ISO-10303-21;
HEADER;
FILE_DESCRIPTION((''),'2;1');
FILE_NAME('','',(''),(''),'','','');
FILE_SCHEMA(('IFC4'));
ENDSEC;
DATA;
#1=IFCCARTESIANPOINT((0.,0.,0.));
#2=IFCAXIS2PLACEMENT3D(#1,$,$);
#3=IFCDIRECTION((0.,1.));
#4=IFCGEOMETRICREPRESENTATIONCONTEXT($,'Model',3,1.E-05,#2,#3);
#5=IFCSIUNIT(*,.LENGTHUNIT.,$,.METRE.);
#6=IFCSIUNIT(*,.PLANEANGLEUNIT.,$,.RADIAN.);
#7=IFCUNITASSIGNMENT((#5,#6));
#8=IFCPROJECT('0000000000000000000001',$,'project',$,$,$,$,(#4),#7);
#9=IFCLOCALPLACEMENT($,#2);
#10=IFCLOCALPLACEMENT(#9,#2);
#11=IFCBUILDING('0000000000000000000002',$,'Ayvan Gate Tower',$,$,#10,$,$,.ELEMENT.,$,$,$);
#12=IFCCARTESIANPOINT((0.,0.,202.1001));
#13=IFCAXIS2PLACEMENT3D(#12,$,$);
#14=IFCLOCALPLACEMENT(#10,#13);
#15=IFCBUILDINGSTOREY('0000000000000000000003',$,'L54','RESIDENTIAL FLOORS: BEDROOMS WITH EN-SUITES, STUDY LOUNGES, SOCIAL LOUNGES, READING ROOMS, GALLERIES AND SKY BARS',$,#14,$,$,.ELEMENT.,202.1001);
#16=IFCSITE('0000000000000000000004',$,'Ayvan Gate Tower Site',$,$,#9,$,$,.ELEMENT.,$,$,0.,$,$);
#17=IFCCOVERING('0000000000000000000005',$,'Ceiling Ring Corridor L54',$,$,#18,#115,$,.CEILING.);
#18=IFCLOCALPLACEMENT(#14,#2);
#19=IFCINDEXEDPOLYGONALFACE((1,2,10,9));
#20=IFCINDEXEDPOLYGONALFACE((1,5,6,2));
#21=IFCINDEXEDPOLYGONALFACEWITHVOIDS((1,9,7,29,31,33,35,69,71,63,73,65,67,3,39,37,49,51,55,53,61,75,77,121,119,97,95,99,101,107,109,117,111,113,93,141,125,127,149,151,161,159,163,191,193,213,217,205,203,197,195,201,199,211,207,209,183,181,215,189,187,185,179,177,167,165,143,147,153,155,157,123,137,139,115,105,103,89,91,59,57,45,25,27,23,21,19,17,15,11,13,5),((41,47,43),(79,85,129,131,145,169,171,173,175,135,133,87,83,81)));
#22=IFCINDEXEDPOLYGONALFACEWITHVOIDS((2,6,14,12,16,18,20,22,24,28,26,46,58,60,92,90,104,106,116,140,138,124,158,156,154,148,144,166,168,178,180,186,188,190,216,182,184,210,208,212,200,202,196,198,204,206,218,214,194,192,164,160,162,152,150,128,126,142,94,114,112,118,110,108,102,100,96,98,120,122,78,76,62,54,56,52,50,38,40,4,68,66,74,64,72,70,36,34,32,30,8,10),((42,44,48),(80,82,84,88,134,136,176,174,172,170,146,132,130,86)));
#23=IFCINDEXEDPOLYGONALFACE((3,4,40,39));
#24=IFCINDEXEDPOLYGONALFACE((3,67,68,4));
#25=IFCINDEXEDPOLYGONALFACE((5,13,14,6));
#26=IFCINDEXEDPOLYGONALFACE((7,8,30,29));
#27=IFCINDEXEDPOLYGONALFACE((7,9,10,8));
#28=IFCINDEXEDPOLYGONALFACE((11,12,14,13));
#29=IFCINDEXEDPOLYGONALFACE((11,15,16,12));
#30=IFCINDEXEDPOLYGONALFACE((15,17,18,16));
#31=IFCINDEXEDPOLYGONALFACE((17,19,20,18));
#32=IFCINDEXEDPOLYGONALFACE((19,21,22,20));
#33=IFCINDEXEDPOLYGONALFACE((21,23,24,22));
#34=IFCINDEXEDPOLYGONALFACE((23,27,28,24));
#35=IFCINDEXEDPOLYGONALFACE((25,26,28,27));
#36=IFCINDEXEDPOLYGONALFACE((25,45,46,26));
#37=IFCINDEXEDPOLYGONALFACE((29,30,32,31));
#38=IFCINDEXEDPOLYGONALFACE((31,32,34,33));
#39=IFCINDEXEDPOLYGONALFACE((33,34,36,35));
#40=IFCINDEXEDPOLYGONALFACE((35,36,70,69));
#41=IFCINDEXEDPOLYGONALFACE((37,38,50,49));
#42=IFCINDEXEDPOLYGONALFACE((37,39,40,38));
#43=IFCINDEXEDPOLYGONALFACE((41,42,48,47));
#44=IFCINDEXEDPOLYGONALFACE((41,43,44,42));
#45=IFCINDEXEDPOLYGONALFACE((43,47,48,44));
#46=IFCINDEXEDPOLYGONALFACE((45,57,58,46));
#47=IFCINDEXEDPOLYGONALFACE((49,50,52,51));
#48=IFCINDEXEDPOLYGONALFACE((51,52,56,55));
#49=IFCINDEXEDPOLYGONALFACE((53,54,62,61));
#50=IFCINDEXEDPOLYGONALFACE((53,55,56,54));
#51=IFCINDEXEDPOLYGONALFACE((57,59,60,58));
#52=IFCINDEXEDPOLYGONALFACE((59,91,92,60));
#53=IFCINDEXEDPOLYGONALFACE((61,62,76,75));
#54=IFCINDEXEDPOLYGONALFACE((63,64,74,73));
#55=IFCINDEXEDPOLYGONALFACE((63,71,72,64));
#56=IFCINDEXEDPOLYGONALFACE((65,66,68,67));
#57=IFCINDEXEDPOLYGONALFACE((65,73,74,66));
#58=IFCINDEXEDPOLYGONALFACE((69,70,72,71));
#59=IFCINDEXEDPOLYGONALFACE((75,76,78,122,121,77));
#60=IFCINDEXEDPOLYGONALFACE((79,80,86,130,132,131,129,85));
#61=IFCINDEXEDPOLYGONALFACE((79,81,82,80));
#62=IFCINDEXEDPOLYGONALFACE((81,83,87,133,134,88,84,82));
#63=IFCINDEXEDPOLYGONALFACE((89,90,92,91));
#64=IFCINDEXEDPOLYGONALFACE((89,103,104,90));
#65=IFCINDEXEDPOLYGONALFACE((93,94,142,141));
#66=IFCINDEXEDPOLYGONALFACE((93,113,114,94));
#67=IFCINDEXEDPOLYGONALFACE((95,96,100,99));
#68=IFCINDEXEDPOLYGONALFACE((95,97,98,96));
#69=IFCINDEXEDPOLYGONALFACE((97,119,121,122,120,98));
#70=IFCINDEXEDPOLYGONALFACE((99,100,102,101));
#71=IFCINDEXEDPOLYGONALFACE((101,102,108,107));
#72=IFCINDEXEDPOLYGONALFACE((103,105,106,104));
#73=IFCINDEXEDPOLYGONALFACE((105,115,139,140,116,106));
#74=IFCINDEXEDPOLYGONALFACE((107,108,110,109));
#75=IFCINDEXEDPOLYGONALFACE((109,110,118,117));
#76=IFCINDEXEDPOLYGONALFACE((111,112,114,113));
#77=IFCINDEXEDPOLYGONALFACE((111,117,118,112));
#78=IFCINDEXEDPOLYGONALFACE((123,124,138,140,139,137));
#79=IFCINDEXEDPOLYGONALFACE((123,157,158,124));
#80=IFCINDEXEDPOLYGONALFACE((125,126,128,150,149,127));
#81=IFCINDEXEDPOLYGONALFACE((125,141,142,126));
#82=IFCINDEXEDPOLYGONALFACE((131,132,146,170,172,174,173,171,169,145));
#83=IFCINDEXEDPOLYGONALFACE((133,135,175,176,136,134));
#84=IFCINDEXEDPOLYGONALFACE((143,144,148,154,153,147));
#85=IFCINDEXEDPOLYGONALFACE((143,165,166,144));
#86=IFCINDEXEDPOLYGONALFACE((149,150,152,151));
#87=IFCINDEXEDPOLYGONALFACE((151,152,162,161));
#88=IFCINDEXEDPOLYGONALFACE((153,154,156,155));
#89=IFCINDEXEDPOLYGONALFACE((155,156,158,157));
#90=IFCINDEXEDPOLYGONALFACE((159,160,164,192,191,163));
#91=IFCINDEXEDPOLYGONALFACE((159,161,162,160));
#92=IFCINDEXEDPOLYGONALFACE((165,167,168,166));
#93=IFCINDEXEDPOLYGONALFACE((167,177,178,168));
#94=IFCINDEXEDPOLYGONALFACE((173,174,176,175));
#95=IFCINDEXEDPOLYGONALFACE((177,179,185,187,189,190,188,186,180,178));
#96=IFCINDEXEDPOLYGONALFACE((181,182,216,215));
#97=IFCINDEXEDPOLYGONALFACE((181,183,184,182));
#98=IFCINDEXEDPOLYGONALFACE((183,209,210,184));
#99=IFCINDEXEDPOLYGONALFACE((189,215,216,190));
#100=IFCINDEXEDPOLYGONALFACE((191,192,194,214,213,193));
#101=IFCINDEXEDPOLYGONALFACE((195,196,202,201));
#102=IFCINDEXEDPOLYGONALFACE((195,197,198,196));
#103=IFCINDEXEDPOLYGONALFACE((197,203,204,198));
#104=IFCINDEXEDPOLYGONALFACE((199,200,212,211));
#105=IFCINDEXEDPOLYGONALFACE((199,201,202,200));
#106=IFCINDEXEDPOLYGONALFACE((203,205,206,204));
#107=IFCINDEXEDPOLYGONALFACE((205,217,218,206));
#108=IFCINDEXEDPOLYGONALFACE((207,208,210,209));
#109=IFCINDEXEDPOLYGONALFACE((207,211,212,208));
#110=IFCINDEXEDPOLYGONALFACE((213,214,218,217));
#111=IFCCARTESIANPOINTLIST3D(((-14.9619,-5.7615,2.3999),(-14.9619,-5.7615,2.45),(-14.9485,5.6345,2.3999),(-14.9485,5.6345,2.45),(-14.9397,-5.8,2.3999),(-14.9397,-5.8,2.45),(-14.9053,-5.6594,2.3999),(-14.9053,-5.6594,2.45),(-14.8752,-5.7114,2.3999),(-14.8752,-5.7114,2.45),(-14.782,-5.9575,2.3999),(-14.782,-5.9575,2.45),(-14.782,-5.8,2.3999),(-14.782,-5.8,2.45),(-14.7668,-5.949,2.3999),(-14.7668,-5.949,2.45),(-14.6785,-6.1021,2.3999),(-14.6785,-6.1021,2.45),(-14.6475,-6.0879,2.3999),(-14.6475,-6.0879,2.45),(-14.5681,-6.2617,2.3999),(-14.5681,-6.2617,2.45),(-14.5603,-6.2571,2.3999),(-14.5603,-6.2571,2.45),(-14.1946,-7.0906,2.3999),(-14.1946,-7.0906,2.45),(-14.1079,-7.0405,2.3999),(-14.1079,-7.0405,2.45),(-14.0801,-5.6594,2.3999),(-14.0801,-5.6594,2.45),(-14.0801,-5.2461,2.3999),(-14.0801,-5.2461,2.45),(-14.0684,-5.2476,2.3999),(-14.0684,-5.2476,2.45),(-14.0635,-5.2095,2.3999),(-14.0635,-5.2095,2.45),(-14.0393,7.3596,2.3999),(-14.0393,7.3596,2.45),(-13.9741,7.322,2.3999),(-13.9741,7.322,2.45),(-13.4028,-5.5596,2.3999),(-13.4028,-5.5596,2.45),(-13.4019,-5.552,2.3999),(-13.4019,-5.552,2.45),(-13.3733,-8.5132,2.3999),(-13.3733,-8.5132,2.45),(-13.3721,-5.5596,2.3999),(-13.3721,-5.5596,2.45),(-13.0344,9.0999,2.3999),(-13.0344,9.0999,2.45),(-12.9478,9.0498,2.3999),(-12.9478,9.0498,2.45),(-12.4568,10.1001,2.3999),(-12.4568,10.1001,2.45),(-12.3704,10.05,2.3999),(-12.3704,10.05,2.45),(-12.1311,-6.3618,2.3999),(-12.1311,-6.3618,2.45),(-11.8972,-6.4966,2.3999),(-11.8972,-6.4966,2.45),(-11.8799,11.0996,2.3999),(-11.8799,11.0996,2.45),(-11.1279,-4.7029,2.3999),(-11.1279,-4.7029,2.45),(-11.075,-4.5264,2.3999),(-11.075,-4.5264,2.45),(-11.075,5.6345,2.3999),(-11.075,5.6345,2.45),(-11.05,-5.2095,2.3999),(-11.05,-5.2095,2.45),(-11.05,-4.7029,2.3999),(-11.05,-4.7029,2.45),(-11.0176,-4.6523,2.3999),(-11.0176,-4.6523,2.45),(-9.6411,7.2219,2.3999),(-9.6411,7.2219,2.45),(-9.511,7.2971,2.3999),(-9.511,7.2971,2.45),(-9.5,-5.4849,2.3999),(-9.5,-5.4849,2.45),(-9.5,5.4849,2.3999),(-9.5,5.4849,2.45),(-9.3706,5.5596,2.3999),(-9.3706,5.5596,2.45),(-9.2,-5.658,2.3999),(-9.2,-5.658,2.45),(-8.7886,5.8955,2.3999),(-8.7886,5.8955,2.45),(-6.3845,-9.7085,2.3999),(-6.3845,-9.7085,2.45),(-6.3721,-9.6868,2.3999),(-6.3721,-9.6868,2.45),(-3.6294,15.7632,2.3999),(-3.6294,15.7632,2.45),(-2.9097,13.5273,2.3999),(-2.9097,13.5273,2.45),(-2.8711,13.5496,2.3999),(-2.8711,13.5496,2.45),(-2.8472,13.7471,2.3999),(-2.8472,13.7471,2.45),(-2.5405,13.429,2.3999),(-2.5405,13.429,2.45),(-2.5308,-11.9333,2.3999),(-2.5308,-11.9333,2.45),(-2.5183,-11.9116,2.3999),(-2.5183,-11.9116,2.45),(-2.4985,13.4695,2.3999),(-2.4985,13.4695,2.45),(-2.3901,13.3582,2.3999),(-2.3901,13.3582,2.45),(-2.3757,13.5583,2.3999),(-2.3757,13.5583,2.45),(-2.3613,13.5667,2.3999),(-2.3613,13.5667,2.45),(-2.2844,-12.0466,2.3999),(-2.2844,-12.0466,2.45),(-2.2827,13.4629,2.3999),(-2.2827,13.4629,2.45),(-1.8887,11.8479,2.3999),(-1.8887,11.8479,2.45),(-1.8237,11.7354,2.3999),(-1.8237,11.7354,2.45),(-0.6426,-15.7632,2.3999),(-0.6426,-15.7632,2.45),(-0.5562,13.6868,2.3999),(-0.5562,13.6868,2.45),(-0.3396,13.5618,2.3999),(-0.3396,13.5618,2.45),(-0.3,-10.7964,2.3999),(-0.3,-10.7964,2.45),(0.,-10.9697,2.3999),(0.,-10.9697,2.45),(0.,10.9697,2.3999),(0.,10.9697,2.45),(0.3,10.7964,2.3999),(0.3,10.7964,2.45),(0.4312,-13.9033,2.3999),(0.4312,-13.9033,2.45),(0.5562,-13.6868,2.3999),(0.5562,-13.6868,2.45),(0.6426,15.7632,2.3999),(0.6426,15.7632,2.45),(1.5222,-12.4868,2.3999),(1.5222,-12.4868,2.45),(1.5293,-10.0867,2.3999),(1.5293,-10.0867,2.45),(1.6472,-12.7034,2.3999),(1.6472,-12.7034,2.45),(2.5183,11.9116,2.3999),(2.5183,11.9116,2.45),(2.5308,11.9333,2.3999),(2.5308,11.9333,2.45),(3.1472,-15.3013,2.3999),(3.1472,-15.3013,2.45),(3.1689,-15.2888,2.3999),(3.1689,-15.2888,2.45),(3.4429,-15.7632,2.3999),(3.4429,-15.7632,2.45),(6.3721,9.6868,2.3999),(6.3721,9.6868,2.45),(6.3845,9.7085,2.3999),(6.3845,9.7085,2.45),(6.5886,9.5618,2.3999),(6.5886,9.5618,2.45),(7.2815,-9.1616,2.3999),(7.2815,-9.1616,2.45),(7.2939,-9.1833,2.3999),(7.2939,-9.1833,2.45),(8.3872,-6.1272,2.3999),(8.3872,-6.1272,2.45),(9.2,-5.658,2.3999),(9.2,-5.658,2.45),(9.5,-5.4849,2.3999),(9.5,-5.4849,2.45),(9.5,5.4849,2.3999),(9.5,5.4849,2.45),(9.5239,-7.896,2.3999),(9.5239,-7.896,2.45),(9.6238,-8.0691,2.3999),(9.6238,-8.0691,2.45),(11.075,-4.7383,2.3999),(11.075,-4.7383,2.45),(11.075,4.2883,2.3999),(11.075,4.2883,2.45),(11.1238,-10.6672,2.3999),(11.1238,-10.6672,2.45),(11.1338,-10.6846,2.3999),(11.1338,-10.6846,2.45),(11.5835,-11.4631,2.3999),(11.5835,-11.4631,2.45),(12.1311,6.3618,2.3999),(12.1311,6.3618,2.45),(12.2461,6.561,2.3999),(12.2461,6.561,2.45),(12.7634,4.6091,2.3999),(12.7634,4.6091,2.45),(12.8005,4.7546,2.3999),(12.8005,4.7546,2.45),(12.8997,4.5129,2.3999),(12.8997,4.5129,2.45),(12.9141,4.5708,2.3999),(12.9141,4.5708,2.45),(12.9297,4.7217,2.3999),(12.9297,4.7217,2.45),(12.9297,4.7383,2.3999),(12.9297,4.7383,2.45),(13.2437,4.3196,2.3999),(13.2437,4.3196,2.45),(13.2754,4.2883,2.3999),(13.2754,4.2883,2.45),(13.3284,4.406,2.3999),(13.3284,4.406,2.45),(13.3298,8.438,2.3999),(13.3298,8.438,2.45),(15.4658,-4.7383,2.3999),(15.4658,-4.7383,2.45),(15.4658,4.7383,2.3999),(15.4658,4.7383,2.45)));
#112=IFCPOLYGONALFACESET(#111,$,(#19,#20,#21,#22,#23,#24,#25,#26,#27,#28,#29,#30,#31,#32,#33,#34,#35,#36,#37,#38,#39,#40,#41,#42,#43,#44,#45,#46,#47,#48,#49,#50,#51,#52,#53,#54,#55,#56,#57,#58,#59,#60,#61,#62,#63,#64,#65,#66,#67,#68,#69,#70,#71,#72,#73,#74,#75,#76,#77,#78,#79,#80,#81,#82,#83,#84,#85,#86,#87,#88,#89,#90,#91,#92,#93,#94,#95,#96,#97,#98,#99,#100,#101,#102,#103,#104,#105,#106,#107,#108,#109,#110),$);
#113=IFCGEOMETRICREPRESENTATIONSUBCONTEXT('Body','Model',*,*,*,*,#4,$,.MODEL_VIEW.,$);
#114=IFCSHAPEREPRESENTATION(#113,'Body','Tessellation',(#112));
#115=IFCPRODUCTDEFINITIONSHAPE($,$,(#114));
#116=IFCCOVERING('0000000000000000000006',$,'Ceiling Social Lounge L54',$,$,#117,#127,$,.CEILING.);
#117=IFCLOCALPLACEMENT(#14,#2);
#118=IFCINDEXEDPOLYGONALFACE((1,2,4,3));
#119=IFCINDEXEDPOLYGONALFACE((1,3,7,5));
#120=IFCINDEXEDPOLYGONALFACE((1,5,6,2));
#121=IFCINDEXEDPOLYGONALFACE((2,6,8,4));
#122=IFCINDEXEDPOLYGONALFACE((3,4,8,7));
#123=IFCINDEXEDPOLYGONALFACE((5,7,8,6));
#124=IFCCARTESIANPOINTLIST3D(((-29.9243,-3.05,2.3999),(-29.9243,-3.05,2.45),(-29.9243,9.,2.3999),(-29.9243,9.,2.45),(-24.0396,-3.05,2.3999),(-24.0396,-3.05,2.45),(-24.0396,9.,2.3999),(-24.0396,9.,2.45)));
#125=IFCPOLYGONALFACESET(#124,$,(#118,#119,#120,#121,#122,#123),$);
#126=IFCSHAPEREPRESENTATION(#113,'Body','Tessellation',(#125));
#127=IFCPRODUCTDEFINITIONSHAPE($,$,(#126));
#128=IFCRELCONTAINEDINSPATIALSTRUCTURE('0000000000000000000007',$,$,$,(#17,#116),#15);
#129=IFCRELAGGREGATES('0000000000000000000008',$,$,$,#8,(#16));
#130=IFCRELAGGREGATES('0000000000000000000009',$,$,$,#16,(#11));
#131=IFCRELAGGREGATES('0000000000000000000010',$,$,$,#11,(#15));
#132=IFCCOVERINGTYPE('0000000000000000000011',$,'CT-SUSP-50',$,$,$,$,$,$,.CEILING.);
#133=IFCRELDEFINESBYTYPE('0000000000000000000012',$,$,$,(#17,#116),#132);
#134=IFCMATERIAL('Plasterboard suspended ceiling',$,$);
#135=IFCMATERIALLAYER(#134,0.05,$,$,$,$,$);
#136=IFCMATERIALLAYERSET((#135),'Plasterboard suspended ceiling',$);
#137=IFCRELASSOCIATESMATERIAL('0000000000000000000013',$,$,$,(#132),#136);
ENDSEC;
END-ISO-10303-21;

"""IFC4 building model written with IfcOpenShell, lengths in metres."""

from ifc_helpers import new_model, si_unit, direction, frame, origin, place, context, subcontext, project, spatial, polyline, outline, extrude, material, layer, layer_set, type_object, element, save


model = new_model("IFC4")

# Units and contexts
model_context = context("Model", 3, precision=1e-05, world=origin(), true_north=direction((0.0, 1.0)))
body_context = subcontext(model_context, "Body", "Model", "MODEL_VIEW")
ifc_project = project(units=[si_unit("LENGTHUNIT", "METRE"), si_unit("PLANEANGLEUNIT", "RADIAN")], contexts=[model_context])

# Site, building, storey
site_placement = place(None, origin())
site = spatial("IfcSite", under=ifc_project, at=site_placement, Name="Ayvan Gate Tower Site", CompositionType="ELEMENT", RefElevation=0.0)
building_placement = place(site_placement, origin())
building = spatial("IfcBuilding", under=site, at=building_placement, Name="Ayvan Gate Tower", CompositionType="ELEMENT")
storey_placement = place(building_placement, frame((0.0, 0.0, 202.1001)))
storey = spatial("IfcBuildingStorey", under=building, at=storey_placement, Name="L54", Description="RESIDENTIAL FLOORS: BEDROOMS WITH EN-SUITES, STUDY LOUNGES, SOCIAL LOUNGES, READING ROOMS, GALLERIES AND SKY BARS", CompositionType="ELEMENT", Elevation=202.1001)

# Coverings
ifc_material_1 = material(Name="Plasterboard suspended ceiling")
ifc_layer_1 = layer(ifc_material_1, 0.05)
ifc_layer_set_1 = layer_set([ifc_layer_1], Name="Plasterboard suspended ceiling")
covering_type = type_object("IfcCoveringType", Name="CT-SUSP-50", PredefinedType="CEILING", material=ifc_layer_set_1)
covering_1_placement = place(storey_placement, frame((0.0, 0.0, 2.3999)))
element("IfcCovering", 1, at=covering_1_placement, inside=storey, type_object=covering_type, Name="Ceiling Ring Corridor L54", PredefinedType="CEILING", context=body_context, shape_type="SweptSolid", body=[
    extrude(outline(polyline([(-14.782, -5.8), (-14.9397, -5.8), (-14.9619, -5.7615), (-14.8752, -5.7114), (-14.9053, -5.6594), (-14.0801, -5.6594), (-14.0801, -5.2461), (-14.0684, -5.2476), (-14.0635, -5.2095), (-11.05, -5.2095), (-11.05, -4.7029), (-11.1279, -4.7029), (-11.0176, -4.6523), (-11.075, -4.5264), (-11.075, 5.6345), (-14.9485, 5.6345), (-13.9741, 7.322), (-14.0393, 7.3596), (-13.0344, 9.0999), (-12.9478, 9.0498), (-12.3704, 10.05), (-12.4568, 10.1001), (-11.8799, 11.0996), (-9.6411, 7.2219), (-9.511, 7.2971), (-1.8237, 11.7354), (-1.8887, 11.8479), (-2.8711, 13.5496), (-2.9097, 13.5273), (-2.8472, 13.7471), (-2.5405, 13.429), (-2.4985, 13.4695), (-2.3901, 13.3582), (-2.2827, 13.4629), (-2.3757, 13.5583), (-2.3613, 13.5667), (-3.6294, 15.7632), (0.6426, 15.7632), (-0.5562, 13.6868), (-0.3396, 13.5618), (2.5183, 11.9116), (2.5308, 11.9333), (6.3845, 9.7085), (6.3721, 9.6868), (6.5886, 9.5618), (12.1311, 6.3618), (12.2461, 6.561), (13.3298, 8.438), (15.4658, 4.7383), (12.9297, 4.7383), (12.9297, 4.7217), (12.8005, 4.7546), (12.7634, 4.6091), (12.9141, 4.5708), (12.8997, 4.5129), (13.3284, 4.406), (13.2437, 4.3196), (13.2754, 4.2883), (11.075, 4.2883), (11.075, -4.7383), (15.4658, -4.7383), (11.5835, -11.4631), (11.1338, -10.6846), (11.1238, -10.6672), (9.6238, -8.0691), (9.5239, -7.896), (7.2939, -9.1833), (7.2815, -9.1616), (1.5222, -12.4868), (1.6472, -12.7034), (3.1472, -15.3013), (3.1689, -15.2888), (3.4429, -15.7632), (-0.6426, -15.7632), (0.4312, -13.9033), (0.5562, -13.6868), (-2.2844, -12.0466), (-2.5183, -11.9116), (-2.5308, -11.9333), (-6.3845, -9.7085), (-6.3721, -9.6868), (-11.8972, -6.4966), (-12.1311, -6.3618), (-13.3733, -8.5132), (-14.1946, -7.0906), (-14.1079, -7.0405), (-14.5603, -6.2571), (-14.5681, -6.2617), (-14.6475, -6.0879), (-14.6785, -6.1021), (-14.7668, -5.949), (-14.782, -5.9575), (-14.782, -5.8)]), holes=[polyline([(-0.3, -10.7964), (0.0, -10.9697), (1.5293, -10.0867), (8.3872, -6.1272), (9.2, -5.658), (9.5, -5.4849), (9.5, 5.4849), (0.3, 10.7964), (0.0, 10.9697), (-8.7886, 5.8955), (-9.3706, 5.5596), (-9.5, 5.4849), (-9.5, -5.4849), (-9.2, -5.658), (-0.3, -10.7964)]), polyline([(-13.4028, -5.5596), (-13.3721, -5.5596), (-13.4019, -5.552), (-13.4028, -5.5596)])]), origin(), (0.0, 0.0, 1.0), 0.05),
])
covering_2_placement = place(storey_placement, frame((0.0, 0.0, 2.3999)))
element("IfcCovering", 2, at=covering_2_placement, inside=storey, type_object=covering_type, Name="Ceiling Social Lounge L54", PredefinedType="CEILING", context=body_context, shape_type="SweptSolid", body=[
    extrude(outline(polyline([(-29.9243, 9.0), (-24.0396, 9.0), (-24.0396, -3.05), (-29.9243, -3.05), (-29.9243, 9.0)])), origin(), (0.0, 0.0, 1.0), 0.05),
])

save(model, "model.ifc")
